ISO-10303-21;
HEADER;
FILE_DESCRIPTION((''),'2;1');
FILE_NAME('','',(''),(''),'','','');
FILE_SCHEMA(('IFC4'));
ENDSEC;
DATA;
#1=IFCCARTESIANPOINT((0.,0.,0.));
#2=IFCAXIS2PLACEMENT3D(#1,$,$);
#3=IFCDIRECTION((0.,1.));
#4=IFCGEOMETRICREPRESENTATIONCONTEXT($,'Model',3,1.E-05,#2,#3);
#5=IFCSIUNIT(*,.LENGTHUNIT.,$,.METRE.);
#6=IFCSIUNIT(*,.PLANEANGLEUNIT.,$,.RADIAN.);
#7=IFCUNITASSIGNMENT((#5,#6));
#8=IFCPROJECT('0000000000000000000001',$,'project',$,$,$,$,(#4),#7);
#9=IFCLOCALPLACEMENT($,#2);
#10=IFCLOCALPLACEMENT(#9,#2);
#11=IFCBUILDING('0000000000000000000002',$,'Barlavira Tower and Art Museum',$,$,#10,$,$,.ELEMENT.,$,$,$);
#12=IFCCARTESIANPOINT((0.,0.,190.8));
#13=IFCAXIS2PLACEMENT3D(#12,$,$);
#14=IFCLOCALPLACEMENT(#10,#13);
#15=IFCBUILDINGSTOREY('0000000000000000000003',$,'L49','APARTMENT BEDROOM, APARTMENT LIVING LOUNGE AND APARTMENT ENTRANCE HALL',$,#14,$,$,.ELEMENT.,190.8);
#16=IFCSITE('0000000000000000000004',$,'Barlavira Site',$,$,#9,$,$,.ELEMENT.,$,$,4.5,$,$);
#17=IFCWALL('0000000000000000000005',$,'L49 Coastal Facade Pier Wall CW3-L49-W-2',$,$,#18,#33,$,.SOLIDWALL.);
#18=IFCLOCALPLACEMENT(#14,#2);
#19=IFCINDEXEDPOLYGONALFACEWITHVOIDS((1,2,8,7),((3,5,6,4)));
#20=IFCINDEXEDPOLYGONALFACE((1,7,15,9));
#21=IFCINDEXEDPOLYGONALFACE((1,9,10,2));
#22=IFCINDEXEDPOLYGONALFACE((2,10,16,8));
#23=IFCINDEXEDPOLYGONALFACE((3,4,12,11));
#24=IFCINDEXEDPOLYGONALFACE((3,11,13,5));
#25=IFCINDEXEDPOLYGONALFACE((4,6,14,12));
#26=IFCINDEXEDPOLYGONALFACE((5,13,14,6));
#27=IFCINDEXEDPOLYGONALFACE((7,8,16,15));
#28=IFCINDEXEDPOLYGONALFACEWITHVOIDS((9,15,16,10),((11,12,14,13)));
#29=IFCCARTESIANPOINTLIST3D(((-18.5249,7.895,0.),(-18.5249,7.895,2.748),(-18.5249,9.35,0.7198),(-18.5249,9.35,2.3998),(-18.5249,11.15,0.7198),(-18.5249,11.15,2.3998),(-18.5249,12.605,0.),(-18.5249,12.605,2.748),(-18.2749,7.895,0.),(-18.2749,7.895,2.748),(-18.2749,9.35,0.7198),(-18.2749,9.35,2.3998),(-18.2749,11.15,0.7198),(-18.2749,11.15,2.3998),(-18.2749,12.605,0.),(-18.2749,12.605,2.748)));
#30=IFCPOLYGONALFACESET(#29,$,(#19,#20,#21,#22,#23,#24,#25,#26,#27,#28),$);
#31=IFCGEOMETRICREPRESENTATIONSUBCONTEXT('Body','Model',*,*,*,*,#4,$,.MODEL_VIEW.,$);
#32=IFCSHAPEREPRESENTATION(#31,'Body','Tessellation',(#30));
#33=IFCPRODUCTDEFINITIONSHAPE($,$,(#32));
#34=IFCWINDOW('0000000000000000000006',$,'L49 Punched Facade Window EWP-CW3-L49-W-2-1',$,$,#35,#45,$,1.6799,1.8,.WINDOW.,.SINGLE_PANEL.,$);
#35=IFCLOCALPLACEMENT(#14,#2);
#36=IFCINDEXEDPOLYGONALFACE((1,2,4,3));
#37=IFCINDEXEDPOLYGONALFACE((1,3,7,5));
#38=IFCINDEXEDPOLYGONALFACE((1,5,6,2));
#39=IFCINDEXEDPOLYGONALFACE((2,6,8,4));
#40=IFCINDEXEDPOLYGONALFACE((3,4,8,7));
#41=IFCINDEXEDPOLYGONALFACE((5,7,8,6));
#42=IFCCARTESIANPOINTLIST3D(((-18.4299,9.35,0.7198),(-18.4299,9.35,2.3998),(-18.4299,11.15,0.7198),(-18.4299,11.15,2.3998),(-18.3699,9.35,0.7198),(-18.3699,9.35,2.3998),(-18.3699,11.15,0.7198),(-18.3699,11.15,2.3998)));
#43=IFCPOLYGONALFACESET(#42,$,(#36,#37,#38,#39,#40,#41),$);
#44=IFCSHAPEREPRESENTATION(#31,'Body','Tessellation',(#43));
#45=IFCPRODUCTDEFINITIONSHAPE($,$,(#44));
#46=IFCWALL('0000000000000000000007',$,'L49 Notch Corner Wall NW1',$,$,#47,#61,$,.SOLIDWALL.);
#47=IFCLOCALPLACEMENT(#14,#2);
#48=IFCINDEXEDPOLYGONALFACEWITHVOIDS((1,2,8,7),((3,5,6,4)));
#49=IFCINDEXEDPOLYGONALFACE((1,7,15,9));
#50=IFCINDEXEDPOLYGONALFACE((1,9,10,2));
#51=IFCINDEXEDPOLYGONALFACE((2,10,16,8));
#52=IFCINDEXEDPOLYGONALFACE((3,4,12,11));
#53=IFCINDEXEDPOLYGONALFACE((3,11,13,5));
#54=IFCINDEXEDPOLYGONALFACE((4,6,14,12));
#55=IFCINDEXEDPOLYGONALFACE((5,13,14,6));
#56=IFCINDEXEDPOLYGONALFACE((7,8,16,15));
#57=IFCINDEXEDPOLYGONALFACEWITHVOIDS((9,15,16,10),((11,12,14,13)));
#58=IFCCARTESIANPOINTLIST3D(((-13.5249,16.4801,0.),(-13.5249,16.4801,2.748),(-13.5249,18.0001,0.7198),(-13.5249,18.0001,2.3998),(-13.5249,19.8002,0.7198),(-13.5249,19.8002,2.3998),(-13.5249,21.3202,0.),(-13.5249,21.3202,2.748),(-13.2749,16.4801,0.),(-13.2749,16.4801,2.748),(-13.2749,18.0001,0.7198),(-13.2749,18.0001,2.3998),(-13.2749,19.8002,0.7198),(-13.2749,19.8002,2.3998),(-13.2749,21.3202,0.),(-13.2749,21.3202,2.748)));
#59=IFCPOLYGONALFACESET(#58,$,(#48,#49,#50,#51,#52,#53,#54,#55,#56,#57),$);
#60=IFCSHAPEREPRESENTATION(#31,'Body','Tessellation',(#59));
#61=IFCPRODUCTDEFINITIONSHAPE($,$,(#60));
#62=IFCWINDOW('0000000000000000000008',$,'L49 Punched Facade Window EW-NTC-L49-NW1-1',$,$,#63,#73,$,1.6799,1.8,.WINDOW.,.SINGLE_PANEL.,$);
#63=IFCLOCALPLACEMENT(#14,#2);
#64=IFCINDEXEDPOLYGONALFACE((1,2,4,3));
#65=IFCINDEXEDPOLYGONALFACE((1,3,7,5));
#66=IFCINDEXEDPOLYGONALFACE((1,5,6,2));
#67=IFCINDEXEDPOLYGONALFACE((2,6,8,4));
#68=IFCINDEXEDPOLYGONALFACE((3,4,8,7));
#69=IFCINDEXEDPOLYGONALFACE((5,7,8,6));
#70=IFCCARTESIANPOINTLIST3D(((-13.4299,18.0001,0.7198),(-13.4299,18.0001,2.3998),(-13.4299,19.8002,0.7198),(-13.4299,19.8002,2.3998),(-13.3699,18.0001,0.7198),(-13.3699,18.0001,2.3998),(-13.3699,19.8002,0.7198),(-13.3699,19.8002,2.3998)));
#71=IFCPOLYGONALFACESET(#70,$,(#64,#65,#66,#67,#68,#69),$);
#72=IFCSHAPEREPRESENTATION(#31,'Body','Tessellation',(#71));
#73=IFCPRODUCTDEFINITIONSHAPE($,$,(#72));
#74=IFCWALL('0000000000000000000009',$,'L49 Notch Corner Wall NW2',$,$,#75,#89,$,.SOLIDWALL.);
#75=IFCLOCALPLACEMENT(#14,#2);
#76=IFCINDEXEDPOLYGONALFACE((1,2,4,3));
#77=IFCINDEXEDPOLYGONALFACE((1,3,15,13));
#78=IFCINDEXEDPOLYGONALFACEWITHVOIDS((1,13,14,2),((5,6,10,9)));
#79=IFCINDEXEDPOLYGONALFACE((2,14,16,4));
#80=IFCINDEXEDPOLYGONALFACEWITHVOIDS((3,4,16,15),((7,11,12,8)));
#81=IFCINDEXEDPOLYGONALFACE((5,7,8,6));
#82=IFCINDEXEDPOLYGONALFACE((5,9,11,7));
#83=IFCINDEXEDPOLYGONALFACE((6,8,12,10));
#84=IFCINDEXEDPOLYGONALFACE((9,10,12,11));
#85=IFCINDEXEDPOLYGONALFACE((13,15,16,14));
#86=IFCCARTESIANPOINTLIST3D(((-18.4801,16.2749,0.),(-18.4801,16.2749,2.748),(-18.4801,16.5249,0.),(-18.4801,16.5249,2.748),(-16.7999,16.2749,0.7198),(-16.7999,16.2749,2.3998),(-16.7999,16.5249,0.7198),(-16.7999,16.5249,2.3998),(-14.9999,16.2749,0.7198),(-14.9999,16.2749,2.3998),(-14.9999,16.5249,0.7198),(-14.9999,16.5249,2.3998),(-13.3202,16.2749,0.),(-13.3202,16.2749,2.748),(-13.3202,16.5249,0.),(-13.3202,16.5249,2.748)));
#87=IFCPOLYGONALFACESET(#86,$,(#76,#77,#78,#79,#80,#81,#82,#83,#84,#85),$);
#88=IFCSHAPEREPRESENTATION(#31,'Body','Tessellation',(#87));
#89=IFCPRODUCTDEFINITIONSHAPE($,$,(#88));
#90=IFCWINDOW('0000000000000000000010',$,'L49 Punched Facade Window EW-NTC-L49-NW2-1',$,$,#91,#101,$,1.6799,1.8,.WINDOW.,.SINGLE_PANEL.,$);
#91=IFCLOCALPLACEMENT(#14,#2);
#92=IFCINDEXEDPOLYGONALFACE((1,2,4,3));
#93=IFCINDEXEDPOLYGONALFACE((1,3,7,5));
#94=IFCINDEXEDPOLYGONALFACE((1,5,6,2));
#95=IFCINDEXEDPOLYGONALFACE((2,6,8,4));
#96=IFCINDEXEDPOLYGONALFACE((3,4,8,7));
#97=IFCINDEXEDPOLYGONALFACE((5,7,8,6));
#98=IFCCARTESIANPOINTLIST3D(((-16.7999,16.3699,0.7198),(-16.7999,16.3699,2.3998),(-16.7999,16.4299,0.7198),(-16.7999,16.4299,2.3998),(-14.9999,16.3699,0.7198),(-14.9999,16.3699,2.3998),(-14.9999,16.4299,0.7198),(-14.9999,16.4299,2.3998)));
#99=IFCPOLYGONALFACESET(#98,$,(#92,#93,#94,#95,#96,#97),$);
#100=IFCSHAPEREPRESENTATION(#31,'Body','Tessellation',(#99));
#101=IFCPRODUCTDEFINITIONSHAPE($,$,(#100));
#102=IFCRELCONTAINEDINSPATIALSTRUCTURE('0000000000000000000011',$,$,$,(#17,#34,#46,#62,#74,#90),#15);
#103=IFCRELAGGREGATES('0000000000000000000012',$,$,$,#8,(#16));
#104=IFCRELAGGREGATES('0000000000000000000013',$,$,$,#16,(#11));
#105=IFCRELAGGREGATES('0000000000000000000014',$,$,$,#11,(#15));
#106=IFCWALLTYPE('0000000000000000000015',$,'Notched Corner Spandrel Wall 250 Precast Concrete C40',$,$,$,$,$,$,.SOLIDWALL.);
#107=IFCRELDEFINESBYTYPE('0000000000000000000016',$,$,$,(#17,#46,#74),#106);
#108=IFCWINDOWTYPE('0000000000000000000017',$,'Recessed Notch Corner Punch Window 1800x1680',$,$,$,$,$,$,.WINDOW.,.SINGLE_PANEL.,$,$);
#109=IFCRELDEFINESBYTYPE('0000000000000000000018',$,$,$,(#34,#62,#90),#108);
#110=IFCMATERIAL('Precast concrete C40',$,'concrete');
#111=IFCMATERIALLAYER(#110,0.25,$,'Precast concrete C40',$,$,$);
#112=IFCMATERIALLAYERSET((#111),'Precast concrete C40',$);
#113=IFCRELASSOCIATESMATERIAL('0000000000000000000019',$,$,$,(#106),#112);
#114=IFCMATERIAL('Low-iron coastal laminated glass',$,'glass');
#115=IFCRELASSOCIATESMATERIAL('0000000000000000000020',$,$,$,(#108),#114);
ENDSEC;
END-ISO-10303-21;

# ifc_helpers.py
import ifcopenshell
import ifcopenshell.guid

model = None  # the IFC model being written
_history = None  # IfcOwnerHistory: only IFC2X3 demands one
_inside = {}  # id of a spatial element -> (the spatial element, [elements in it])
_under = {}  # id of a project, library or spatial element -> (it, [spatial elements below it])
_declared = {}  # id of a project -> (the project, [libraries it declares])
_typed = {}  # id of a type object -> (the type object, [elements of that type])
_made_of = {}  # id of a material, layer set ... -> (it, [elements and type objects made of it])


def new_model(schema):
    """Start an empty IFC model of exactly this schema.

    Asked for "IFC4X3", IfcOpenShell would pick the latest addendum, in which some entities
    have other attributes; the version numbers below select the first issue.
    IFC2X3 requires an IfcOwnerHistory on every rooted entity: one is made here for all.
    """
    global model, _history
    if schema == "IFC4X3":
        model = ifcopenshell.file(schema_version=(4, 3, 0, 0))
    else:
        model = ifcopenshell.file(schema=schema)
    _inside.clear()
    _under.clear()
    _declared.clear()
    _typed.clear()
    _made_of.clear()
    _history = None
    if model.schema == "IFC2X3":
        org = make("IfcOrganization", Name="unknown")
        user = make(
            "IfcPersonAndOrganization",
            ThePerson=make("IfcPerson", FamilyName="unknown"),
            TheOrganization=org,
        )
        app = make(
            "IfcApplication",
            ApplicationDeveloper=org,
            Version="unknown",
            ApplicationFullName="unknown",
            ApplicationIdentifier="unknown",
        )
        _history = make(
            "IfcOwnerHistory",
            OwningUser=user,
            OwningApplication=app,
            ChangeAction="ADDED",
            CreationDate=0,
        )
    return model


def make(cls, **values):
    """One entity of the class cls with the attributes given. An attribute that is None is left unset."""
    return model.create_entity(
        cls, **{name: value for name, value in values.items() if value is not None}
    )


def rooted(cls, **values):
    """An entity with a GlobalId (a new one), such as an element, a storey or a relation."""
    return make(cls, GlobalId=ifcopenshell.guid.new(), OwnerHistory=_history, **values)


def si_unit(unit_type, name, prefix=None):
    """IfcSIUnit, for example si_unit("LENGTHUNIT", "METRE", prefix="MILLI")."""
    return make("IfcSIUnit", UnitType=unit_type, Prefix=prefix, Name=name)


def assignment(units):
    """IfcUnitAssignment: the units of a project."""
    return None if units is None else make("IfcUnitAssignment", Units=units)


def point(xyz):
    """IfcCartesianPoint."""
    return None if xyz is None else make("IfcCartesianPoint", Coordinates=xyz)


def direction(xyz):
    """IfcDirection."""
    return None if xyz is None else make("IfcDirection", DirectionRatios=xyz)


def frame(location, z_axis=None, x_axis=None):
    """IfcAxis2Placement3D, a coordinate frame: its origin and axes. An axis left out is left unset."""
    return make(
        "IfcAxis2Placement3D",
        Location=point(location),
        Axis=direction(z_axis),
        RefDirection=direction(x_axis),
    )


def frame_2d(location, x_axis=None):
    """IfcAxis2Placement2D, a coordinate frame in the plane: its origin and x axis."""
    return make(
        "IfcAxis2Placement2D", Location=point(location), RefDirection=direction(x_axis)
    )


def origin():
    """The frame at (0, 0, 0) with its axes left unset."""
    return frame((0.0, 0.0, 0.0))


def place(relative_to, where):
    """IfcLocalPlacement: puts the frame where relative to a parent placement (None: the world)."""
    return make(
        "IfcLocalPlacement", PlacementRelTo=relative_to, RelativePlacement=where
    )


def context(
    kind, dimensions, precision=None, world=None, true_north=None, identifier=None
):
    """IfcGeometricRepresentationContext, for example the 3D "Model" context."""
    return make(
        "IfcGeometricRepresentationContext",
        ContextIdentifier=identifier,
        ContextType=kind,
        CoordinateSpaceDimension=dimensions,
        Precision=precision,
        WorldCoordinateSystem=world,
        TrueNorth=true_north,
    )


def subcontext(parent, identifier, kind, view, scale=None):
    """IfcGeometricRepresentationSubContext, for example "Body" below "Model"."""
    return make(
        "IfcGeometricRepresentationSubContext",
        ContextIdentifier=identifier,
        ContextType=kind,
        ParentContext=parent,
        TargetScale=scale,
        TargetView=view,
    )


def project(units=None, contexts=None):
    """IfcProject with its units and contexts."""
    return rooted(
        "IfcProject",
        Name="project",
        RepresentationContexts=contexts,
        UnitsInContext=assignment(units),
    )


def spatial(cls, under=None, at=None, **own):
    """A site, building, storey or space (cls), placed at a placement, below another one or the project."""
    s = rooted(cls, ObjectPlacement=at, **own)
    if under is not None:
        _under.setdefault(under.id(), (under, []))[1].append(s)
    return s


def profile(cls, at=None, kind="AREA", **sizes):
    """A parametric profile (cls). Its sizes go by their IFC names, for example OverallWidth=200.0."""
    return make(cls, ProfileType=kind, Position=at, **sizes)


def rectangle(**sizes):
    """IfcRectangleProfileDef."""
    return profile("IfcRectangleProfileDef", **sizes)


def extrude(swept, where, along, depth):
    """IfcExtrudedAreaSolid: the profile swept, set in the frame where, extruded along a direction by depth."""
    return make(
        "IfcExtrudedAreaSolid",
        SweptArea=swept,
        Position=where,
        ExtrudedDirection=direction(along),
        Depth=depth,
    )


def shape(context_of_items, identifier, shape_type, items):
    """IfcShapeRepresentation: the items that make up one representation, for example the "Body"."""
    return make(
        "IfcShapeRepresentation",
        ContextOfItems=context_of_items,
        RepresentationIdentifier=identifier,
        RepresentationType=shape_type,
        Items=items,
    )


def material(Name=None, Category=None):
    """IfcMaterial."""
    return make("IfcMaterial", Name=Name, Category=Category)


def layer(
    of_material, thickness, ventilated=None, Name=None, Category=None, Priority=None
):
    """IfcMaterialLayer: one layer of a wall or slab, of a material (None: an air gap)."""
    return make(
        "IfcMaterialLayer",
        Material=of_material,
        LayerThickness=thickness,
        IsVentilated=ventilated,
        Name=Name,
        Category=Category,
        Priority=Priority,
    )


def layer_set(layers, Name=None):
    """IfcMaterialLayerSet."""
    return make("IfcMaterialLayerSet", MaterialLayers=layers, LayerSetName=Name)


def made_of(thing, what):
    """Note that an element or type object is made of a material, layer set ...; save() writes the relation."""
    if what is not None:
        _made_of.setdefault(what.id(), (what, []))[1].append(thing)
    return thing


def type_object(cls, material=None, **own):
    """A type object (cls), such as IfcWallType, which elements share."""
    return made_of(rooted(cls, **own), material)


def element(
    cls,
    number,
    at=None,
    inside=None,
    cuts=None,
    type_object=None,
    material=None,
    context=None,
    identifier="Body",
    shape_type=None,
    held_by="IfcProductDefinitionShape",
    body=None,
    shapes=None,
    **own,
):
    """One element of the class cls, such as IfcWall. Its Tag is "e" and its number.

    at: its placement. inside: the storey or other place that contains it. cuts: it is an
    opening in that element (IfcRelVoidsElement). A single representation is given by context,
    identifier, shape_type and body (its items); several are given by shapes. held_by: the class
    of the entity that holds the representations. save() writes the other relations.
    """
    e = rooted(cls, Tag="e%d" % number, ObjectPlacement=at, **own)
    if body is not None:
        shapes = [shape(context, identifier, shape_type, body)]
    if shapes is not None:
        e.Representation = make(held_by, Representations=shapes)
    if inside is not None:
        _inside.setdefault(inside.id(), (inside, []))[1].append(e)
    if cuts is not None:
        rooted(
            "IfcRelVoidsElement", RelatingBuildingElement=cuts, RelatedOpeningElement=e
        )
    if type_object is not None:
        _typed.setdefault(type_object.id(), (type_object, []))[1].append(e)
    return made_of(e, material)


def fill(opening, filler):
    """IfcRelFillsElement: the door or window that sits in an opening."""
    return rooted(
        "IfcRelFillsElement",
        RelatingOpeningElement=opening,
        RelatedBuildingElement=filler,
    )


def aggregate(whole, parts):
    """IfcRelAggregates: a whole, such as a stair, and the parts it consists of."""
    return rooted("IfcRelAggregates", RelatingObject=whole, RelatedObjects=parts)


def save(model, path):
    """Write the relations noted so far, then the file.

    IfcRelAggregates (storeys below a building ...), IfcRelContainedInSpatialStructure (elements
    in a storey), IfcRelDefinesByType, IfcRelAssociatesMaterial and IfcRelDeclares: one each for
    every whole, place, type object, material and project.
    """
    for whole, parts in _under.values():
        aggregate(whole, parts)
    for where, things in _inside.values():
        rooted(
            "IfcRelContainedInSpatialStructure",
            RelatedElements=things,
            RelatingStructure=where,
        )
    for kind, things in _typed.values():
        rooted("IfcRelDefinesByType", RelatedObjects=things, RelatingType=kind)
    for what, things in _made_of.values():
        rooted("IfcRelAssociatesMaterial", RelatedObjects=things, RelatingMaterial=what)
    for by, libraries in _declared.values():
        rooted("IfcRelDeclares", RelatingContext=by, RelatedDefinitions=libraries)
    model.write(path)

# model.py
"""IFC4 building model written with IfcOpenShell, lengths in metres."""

from ifc_helpers import new_model, si_unit, direction, frame, frame_2d, origin, place, context, subcontext, project, spatial, rectangle, extrude, material, layer, layer_set, type_object, element, fill, save


model = new_model("IFC4")

# Units and contexts
model_context = context("Model", 3, precision=1e-05, world=origin(), true_north=direction((0.0, 1.0)))
body_context = subcontext(model_context, "Body", "Model", "MODEL_VIEW")
ifc_project = project(units=[si_unit("LENGTHUNIT", "METRE"), si_unit("PLANEANGLEUNIT", "RADIAN")], contexts=[model_context])

# Site, building, storey
site_placement = place(None, origin())
site = spatial("IfcSite", under=ifc_project, at=site_placement, Name="Barlavira Site", CompositionType="ELEMENT", RefElevation=4.5)
building_placement = place(site_placement, origin())
building = spatial("IfcBuilding", under=site, at=building_placement, Name="Barlavira Tower and Art Museum", CompositionType="ELEMENT")
storey_placement = place(building_placement, frame((0.0, 0.0, 190.8)))
storey = spatial("IfcBuildingStorey", under=building, at=storey_placement, Name="L49", Description="APARTMENT BEDROOM, APARTMENT LIVING LOUNGE AND APARTMENT ENTRANCE HALL", CompositionType="ELEMENT", Elevation=190.8)

# Walls, openings, windows
ifc_material_1 = material(Name="Precast concrete C40", Category="concrete")
ifc_layer_1 = layer(ifc_material_1, 0.25, Name="Precast concrete C40")
ifc_layer_set_1 = layer_set([ifc_layer_1], Name="Precast concrete C40")
wall_type_1 = type_object("IfcWallType", Name="Notched Corner Spandrel Wall 250 Precast Concrete C40", PredefinedType="SOLIDWALL", material=ifc_layer_set_1)
ifc_material_2 = material(Name="Low-iron coastal laminated glass", Category="glass")
window_type_1 = type_object("IfcWindowType", Name="Recessed Notch Corner Punch Window 1800x1680", PartitioningType="SINGLE_PANEL", PredefinedType="WINDOW", material=ifc_material_2)
wall_1_placement = place(storey_placement, frame((-18.3999, 12.605, 0.0), z_axis=(0.0, 0.0, 1.0), x_axis=(0.0, -1.0, 0.0)))
wall_1 = element("IfcWall", 1, at=wall_1_placement, inside=storey, type_object=wall_type_1, Name="L49 Coastal Facade Pier Wall CW3-L49-W-2", PredefinedType="SOLIDWALL", context=body_context, shape_type="SweptSolid", body=[
    extrude(rectangle(XDim=4.71, YDim=0.25, at=frame_2d((2.355, 0.0))), origin(), (0.0, 0.0, 1.0), 2.748),
])
opening_1_placement = place(wall_1_placement, frame((1.4551, 0.0, 0.72)))
opening_1 = element("IfcOpeningElement", 2, at=opening_1_placement, cuts=wall_1, PredefinedType="OPENING", context=body_context, shape_type="SweptSolid", body=[
    extrude(rectangle(XDim=1.8, YDim=1.6799, at=frame_2d((0.8999, 0.8398))), frame((0.0, 0.135, 0.0), z_axis=(0.0, -1.0, 0.0), x_axis=(1.0, 0.0, 0.0)), (0.0, 0.0, 1.0), 0.27),
])
window_1_placement = place(opening_1_placement, origin())
window_1 = element("IfcWindow", 3, at=window_1_placement, inside=storey, type_object=window_type_1, Name="L49 Punched Facade Window EWP-CW3-L49-W-2-1", OverallHeight=1.6799, OverallWidth=1.8, PartitioningType="SINGLE_PANEL", PredefinedType="WINDOW", context=body_context, shape_type="SweptSolid", body=[
    extrude(rectangle(XDim=1.8, YDim=1.6799, at=frame_2d((0.8999, 0.8398))), frame((0.0, 0.03, 0.0), z_axis=(0.0, -1.0, 0.0), x_axis=(1.0, 0.0, 0.0)), (0.0, 0.0, 1.0), 0.0601),
])
fill(opening_1, window_1)
wall_2_placement = place(storey_placement, frame((-13.3999, 21.3201, 0.0), z_axis=(0.0, 0.0, 1.0), x_axis=(0.0, -1.0, 0.0)))
wall_2 = element("IfcWall", 4, at=wall_2_placement, inside=storey, type_object=wall_type_1, Name="L49 Notch Corner Wall NW1", PredefinedType="SOLIDWALL", context=body_context, shape_type="SweptSolid", body=[
    extrude(rectangle(XDim=4.8401, YDim=0.25, at=frame_2d((2.4199, 0.0))), origin(), (0.0, 0.0, 1.0), 2.748),
])
opening_2_placement = place(wall_2_placement, frame((1.52, 0.0, 0.72)))
opening_2 = element("IfcOpeningElement", 5, at=opening_2_placement, cuts=wall_2, PredefinedType="OPENING", context=body_context, shape_type="SweptSolid", body=[
    extrude(rectangle(XDim=1.8, YDim=1.6799, at=frame_2d((0.8999, 0.8398))), frame((0.0, 0.135, 0.0), z_axis=(0.0, -1.0, 0.0), x_axis=(1.0, 0.0, 0.0)), (0.0, 0.0, 1.0), 0.27),
])
window_2_placement = place(opening_2_placement, origin())
window_2 = element("IfcWindow", 6, at=window_2_placement, inside=storey, type_object=window_type_1, Name="L49 Punched Facade Window EW-NTC-L49-NW1-1", OverallHeight=1.6799, OverallWidth=1.8, PartitioningType="SINGLE_PANEL", PredefinedType="WINDOW", context=body_context, shape_type="SweptSolid", body=[
    extrude(rectangle(XDim=1.8, YDim=1.6799, at=frame_2d((0.8999, 0.8398))), frame((0.0, 0.03, 0.0), z_axis=(0.0, -1.0, 0.0), x_axis=(1.0, 0.0, 0.0)), (0.0, 0.0, 1.0), 0.0601),
])
fill(opening_2, window_2)
wall_3_placement = place(storey_placement, frame((-13.3201, 16.3999, 0.0), z_axis=(0.0, 0.0, 1.0), x_axis=(-1.0, 0.0, 0.0)))
wall_3 = element("IfcWall", 7, at=wall_3_placement, inside=storey, type_object=wall_type_1, Name="L49 Notch Corner Wall NW2", PredefinedType="SOLIDWALL", context=body_context, shape_type="SweptSolid", body=[
    extrude(rectangle(XDim=5.1599, YDim=0.25, at=frame_2d((2.5801, 0.0))), origin(), (0.0, 0.0, 1.0), 2.748),
])
opening_3_placement = place(wall_3_placement, frame((1.6799, 0.0, 0.72)))
opening_3 = element("IfcOpeningElement", 8, at=opening_3_placement, cuts=wall_3, PredefinedType="OPENING", context=body_context, shape_type="SweptSolid", body=[
    extrude(rectangle(XDim=1.8, YDim=1.6799, at=frame_2d((0.8999, 0.8398))), frame((0.0, 0.135, 0.0), z_axis=(0.0, -1.0, 0.0), x_axis=(1.0, 0.0, 0.0)), (0.0, 0.0, 1.0), 0.27),
])
window_3_placement = place(opening_3_placement, origin())
window_3 = element("IfcWindow", 9, at=window_3_placement, inside=storey, type_object=window_type_1, Name="L49 Punched Facade Window EW-NTC-L49-NW2-1", OverallHeight=1.6799, OverallWidth=1.8, PartitioningType="SINGLE_PANEL", PredefinedType="WINDOW", context=body_context, shape_type="SweptSolid", body=[
    extrude(rectangle(XDim=1.8, YDim=1.6799, at=frame_2d((0.8999, 0.8398))), frame((0.0, 0.03, 0.0), z_axis=(0.0, -1.0, 0.0), x_axis=(1.0, 0.0, 0.0)), (0.0, 0.0, 1.0), 0.0601),
])
fill(opening_3, window_3)

save(model, "model.ifc")
